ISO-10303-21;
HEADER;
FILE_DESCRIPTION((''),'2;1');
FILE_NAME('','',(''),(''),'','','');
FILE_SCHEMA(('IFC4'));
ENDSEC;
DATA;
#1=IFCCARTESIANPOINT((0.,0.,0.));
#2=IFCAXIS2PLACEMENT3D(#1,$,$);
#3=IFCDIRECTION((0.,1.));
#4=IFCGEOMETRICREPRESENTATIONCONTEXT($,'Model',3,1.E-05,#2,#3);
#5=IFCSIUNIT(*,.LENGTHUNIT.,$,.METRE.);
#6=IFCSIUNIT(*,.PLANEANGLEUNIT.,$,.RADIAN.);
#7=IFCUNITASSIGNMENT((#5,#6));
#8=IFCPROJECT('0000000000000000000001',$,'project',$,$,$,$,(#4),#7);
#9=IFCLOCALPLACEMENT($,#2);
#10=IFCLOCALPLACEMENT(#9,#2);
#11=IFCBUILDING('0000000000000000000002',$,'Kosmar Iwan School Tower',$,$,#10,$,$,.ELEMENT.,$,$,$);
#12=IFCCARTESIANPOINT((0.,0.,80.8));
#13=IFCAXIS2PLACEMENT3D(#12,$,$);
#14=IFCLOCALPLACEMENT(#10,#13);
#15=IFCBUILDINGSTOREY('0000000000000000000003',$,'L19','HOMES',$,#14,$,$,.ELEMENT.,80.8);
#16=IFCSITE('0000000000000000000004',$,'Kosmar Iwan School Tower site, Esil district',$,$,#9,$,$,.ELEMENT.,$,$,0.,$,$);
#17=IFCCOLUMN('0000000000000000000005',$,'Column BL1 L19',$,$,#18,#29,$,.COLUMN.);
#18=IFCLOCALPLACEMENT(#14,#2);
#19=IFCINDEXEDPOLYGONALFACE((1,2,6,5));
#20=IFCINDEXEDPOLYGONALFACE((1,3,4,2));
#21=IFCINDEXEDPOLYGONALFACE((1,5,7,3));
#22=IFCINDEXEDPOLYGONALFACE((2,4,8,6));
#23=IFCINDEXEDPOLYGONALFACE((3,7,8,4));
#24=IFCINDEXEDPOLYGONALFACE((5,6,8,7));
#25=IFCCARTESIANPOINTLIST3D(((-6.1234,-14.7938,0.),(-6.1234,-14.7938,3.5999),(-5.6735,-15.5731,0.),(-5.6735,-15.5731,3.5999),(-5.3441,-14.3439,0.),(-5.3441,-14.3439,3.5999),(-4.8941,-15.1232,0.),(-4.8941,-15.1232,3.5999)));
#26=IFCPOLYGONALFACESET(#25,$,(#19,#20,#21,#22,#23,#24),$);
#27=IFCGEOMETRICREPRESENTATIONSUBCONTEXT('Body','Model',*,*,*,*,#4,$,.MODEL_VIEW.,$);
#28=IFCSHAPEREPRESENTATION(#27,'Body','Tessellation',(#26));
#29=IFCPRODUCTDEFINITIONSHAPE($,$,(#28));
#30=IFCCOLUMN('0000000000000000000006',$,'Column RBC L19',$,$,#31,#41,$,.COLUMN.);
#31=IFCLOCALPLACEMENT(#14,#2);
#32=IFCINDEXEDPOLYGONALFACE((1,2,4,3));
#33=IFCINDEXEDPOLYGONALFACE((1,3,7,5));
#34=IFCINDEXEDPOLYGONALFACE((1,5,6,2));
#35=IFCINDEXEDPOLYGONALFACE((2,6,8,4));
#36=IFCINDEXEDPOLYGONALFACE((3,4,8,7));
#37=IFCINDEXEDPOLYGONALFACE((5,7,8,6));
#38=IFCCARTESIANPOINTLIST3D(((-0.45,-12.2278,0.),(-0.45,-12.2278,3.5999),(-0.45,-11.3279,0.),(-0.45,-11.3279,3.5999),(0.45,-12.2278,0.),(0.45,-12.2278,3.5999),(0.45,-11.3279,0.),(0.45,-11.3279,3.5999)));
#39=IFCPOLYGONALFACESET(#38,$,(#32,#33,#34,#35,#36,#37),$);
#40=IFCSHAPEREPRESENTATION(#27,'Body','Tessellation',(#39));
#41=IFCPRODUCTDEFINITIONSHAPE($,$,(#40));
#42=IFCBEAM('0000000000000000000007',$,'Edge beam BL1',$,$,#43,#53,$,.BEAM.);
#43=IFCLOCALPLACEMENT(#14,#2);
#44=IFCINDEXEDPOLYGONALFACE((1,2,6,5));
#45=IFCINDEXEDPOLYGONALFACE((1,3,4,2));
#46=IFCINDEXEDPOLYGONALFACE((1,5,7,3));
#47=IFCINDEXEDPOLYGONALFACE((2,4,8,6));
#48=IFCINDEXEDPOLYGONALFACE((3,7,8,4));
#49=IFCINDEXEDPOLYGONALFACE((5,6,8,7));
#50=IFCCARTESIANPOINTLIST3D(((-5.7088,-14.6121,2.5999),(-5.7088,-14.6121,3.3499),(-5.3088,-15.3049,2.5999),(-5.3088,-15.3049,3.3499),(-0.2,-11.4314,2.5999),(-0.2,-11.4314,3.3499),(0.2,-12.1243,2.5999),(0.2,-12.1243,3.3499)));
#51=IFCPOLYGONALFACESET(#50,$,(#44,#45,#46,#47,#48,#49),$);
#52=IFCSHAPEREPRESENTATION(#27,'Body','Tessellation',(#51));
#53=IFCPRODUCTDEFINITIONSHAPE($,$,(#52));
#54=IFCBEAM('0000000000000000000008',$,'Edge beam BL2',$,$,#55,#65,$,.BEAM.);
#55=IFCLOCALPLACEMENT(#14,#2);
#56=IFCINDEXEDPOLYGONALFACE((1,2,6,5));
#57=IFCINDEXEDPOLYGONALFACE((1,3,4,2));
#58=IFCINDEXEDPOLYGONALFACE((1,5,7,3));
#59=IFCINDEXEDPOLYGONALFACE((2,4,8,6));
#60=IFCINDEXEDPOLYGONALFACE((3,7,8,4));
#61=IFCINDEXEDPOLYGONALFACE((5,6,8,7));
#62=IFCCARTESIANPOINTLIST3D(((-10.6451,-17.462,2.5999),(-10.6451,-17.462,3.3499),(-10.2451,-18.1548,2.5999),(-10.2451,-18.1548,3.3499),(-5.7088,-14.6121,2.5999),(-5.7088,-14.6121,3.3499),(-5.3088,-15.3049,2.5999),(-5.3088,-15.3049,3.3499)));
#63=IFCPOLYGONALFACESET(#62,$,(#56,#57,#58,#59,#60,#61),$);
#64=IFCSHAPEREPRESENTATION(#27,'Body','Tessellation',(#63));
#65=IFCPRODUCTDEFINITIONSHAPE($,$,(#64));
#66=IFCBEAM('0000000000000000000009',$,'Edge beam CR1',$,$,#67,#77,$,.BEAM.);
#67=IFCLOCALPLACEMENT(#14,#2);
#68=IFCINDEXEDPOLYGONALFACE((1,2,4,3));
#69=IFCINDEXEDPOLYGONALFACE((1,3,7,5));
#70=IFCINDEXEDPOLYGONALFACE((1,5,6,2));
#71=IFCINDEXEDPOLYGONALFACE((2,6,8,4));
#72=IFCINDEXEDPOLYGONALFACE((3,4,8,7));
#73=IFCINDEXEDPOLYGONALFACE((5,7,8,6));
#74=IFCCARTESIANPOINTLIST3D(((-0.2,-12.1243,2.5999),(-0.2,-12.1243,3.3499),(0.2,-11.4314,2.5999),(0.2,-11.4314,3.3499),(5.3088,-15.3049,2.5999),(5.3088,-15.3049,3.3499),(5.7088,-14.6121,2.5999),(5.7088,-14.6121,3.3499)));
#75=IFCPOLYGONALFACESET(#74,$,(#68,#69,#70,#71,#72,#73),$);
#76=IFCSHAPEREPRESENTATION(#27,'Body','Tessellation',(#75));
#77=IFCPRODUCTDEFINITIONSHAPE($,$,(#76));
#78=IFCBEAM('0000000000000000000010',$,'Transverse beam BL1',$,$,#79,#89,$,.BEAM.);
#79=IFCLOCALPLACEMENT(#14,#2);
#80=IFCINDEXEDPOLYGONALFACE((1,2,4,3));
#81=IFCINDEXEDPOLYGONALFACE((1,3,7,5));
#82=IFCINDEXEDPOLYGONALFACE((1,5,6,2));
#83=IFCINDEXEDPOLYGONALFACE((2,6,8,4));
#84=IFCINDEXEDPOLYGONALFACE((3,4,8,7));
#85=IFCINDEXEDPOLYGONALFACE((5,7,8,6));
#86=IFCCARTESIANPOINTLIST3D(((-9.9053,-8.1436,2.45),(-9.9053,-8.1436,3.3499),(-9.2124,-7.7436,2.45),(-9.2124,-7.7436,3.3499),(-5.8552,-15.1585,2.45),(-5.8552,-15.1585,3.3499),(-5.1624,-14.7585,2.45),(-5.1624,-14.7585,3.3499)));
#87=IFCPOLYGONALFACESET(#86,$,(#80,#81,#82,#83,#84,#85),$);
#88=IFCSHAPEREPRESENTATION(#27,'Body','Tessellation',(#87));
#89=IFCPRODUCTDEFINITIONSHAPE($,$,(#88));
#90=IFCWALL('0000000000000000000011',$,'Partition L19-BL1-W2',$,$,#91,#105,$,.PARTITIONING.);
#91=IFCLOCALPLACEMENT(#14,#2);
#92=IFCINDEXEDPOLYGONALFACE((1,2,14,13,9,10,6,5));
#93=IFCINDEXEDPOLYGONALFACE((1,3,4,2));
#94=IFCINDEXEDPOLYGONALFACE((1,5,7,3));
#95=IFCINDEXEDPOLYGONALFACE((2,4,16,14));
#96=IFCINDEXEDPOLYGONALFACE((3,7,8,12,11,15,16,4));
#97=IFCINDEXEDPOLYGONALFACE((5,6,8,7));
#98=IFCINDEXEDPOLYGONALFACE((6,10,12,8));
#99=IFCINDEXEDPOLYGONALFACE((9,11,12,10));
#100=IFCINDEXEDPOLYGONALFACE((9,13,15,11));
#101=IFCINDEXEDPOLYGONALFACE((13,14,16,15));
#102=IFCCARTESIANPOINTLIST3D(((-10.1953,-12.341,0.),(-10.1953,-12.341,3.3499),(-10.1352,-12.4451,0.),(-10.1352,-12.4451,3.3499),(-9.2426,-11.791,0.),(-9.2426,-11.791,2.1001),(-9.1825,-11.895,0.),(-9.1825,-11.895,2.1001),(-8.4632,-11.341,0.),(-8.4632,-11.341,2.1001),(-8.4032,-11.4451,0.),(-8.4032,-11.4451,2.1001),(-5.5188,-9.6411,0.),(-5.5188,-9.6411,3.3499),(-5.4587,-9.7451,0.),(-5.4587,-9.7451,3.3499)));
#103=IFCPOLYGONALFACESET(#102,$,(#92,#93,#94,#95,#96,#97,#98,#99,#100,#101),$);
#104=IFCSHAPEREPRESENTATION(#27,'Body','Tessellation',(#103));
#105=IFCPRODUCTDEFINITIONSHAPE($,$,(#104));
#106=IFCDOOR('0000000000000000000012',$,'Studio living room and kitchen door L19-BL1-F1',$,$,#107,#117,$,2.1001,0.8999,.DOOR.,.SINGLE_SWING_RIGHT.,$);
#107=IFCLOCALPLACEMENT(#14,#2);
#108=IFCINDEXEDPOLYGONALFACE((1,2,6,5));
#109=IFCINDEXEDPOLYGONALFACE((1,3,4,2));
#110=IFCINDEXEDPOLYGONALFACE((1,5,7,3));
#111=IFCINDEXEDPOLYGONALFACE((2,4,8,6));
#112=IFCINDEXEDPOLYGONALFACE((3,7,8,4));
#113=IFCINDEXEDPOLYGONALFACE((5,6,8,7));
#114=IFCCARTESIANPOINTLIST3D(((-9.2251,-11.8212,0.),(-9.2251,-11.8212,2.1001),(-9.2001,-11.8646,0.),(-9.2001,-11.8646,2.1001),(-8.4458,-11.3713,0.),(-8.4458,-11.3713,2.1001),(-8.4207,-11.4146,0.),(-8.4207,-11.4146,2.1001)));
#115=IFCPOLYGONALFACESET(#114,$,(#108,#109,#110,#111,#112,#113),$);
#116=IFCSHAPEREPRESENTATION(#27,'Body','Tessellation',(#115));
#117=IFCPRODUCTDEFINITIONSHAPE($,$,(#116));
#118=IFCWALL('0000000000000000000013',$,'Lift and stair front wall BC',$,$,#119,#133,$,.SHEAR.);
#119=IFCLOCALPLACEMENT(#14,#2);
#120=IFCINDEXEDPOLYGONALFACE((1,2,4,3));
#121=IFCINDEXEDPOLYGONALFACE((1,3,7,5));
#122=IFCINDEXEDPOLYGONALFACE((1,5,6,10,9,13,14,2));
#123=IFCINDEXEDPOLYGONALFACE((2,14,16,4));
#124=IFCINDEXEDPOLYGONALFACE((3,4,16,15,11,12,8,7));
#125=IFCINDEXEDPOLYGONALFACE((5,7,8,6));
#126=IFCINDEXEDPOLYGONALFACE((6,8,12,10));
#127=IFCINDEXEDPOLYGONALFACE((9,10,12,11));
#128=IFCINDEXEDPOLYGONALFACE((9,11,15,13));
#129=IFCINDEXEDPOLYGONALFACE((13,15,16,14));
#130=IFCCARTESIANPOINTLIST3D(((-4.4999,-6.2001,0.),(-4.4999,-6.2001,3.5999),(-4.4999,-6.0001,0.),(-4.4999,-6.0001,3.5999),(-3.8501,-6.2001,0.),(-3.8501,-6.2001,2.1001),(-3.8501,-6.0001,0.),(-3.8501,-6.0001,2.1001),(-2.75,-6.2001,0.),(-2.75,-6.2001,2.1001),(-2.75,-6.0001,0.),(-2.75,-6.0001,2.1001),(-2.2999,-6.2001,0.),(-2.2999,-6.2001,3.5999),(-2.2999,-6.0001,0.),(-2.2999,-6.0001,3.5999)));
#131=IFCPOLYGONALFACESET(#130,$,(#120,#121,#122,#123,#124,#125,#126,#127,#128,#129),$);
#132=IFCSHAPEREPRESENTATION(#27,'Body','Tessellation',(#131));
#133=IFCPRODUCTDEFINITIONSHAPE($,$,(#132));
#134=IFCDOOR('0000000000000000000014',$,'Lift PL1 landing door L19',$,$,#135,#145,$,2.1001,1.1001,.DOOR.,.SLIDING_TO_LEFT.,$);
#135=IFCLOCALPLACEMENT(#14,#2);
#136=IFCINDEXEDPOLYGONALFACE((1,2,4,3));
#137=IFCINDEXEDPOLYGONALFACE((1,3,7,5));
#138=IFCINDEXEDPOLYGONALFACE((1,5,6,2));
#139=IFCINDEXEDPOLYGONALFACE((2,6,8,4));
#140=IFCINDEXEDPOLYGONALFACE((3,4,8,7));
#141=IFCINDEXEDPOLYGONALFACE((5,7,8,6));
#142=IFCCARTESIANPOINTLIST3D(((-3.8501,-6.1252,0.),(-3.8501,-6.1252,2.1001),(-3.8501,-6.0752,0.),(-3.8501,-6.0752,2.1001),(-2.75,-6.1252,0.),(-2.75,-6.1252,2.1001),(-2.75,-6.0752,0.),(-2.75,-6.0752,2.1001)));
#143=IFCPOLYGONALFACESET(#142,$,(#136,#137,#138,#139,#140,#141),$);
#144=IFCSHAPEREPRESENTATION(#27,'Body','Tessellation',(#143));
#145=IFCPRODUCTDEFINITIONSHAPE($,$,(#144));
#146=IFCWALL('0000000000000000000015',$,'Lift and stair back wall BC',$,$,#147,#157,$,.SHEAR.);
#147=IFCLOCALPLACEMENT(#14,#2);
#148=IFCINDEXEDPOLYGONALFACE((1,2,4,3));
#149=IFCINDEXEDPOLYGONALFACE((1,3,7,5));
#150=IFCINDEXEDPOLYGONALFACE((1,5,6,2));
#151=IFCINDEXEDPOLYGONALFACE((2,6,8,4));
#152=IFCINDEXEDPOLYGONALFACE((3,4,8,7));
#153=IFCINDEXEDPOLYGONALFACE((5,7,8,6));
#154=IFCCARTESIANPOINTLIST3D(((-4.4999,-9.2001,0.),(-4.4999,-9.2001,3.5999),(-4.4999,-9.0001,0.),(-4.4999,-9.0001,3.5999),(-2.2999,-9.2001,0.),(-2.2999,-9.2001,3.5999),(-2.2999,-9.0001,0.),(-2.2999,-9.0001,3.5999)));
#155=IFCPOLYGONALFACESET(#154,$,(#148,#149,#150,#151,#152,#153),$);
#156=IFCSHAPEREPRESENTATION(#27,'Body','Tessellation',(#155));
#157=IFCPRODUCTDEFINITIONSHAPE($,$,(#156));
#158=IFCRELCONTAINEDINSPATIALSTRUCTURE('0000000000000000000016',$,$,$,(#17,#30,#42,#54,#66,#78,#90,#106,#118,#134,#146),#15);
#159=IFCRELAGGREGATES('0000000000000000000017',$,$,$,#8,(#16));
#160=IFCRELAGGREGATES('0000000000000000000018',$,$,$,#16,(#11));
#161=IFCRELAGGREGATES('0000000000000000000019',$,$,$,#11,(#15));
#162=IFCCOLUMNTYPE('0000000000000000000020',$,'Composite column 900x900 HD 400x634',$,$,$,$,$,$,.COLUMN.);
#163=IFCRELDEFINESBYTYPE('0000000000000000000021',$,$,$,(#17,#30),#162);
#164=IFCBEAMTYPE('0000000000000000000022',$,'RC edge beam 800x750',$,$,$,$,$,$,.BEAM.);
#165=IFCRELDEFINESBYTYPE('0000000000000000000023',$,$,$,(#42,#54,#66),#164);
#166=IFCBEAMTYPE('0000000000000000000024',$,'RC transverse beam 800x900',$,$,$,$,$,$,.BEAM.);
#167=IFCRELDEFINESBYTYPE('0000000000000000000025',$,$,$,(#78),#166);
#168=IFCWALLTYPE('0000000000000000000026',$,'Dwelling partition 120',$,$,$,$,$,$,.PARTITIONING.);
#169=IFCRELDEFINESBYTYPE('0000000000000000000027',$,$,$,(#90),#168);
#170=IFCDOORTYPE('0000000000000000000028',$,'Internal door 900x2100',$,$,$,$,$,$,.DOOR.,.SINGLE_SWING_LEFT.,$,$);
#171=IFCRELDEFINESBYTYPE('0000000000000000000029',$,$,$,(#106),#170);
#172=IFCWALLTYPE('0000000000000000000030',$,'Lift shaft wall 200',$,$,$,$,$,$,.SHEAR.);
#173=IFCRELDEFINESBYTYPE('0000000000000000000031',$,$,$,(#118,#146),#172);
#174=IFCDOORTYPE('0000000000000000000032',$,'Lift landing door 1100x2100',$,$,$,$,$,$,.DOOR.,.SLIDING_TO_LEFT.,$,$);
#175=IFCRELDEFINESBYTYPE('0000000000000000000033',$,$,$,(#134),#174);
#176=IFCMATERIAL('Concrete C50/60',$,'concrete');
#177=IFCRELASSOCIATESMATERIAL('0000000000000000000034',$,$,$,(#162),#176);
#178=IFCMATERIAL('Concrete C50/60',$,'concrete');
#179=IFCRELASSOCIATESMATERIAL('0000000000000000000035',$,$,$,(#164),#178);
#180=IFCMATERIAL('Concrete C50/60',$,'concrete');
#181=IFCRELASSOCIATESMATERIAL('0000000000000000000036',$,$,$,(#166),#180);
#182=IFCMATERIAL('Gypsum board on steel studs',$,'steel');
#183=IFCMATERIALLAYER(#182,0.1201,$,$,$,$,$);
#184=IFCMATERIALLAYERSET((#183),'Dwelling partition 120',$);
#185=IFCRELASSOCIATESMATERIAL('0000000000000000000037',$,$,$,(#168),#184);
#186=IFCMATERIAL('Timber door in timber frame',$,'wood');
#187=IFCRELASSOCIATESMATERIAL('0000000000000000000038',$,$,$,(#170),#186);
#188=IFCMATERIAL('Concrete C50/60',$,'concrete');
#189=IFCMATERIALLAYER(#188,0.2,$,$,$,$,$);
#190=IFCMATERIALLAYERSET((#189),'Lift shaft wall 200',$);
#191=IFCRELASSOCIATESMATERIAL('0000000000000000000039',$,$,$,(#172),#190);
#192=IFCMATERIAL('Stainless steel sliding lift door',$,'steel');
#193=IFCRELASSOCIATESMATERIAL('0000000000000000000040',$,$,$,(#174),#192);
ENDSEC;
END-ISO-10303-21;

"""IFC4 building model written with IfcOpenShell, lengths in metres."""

from ifc_helpers import new_model, si_unit, direction, frame, frame_2d, origin, origin_2d, place, context, subcontext, project, spatial, rectangle, extrude, material, layer, layer_set, material_profile, profile_set, type_object, element, fill, save


model = new_model("IFC4")

# Units and contexts
model_context = context("Model", 3, precision=1e-05, world=origin(), true_north=direction((0.0, 1.0)))
body_context = subcontext(model_context, "Body", "Model", "MODEL_VIEW")
ifc_project = project(units=[si_unit("LENGTHUNIT", "METRE"), si_unit("PLANEANGLEUNIT", "RADIAN")], contexts=[model_context])

# Site, building, storey
site_placement = place(None, origin())
site = spatial("IfcSite", under=ifc_project, at=site_placement, Name="Kosmar Iwan School Tower site, Esil district", CompositionType="ELEMENT", RefElevation=0.0)
building_placement = place(site_placement, origin())
building = spatial("IfcBuilding", under=site, at=building_placement, Name="Kosmar Iwan School Tower", CompositionType="ELEMENT")
storey_placement = place(building_placement, frame((0.0, 0.0, 80.8)))
storey = spatial("IfcBuildingStorey", under=building, at=storey_placement, Name="L19", Description="HOMES", CompositionType="ELEMENT", Elevation=80.8)

# Columns
ifc_material_1 = material(Name="Concrete C50/60", Category="concrete")
ifc_material_profile_1 = material_profile(ifc_material_1, rectangle(XDim=0.8999, YDim=0.8999, at=origin_2d()), Name="RC 900x900 + HD 400x634")
ifc_profile_set_1 = profile_set([ifc_material_profile_1], Name="Concrete C50/60")
column_type = type_object("IfcColumnType", Name="Composite column 900x900 HD 400x634", PredefinedType="COLUMN", material=ifc_profile_set_1)
for number, where, z_axis, x_axis, name in (
    (1, (-5.5088, -14.9585, 0.0), (0.0, 0.0, 1.0), (-0.866025, -0.5, 0.0), "Column BL1 L19"),
    (2, (0.0, -11.7778, 0.0), (0.0, 0.0, 1.0), (1.0, 0.0, 0.0), "Column RBC L19"),
):
    element("IfcColumn", number, at=place(storey_placement, frame(where, z_axis=z_axis, x_axis=x_axis)), inside=storey, type_object=column_type, Name=name, PredefinedType="COLUMN", context=body_context, shape_type="SweptSolid", body=[
        extrude(rectangle(XDim=0.8999, YDim=0.8999, at=origin_2d()), origin(), (0.0, 0.0, 1.0), 3.5999),
    ])

# Beams
ifc_material_2 = material(Name="Concrete C50/60", Category="concrete")
ifc_material_profile_2 = material_profile(ifc_material_2, rectangle(XDim=0.8, YDim=0.75, at=origin_2d()), Name="RC 800x750")
ifc_profile_set_2 = profile_set([ifc_material_profile_2], Name="Concrete C50/60")
beam_type_1 = type_object("IfcBeamType", Name="RC edge beam 800x750", PredefinedType="BEAM", material=ifc_profile_set_2)
beam_1_placement = place(storey_placement, frame((0.0, -11.7778, 2.9749), z_axis=(-0.866014, -0.500019, 0.0), x_axis=(0.500019, -0.866014, 0.0)))
element("IfcBeam", 3, at=beam_1_placement, inside=storey, type_object=beam_type_1, Name="Edge beam BL1", PredefinedType="BEAM", context=body_context, shape_type="SweptSolid", body=[
    extrude(rectangle(XDim=0.8, YDim=0.75, at=origin_2d()), origin(), (0.0, 0.0, 1.0), 6.3611),
])
beam_2_placement = place(storey_placement, frame((-5.5088, -14.9585, 2.9749), z_axis=(-0.866034, -0.499986, 0.0), x_axis=(0.499986, -0.866034, 0.0)))
element("IfcBeam", 4, at=beam_2_placement, inside=storey, type_object=beam_type_1, Name="Edge beam BL2", PredefinedType="BEAM", context=body_context, shape_type="SweptSolid", body=[
    extrude(rectangle(XDim=0.8, YDim=0.75, at=origin_2d()), origin(), (0.0, 0.0, 1.0), 5.7),
])
beam_3_placement = place(storey_placement, frame((0.0, -11.7778, 2.9749), z_axis=(0.866014, -0.500019, 0.0), x_axis=(0.500019, 0.866014, 0.0)))
element("IfcBeam", 5, at=beam_3_placement, inside=storey, type_object=beam_type_1, Name="Edge beam CR1", PredefinedType="BEAM", context=body_context, shape_type="SweptSolid", body=[
    extrude(rectangle(XDim=0.8, YDim=0.75, at=origin_2d()), origin(), (0.0, 0.0, 1.0), 6.3611),
])
ifc_material_3 = material(Name="Concrete C50/60", Category="concrete")
ifc_material_profile_3 = material_profile(ifc_material_3, rectangle(XDim=0.8, YDim=0.8999, at=origin_2d()), Name="RC 800x900")
ifc_profile_set_3 = profile_set([ifc_material_profile_3], Name="Concrete C50/60")
beam_type_2 = type_object("IfcBeamType", Name="RC transverse beam 800x900", PredefinedType="BEAM", material=ifc_profile_set_3)
beam_4_placement = place(storey_placement, frame((-5.5088, -14.9585, 2.8999), z_axis=(-0.5, 0.866025, 0.0), x_axis=(-0.866025, -0.5, 0.0)))
element("IfcBeam", 6, at=beam_4_placement, inside=storey, type_object=beam_type_2, Name="Transverse beam BL1", PredefinedType="BEAM", context=body_context, shape_type="SweptSolid", body=[
    extrude(rectangle(XDim=0.8, YDim=0.8999, at=origin_2d()), origin(), (0.0, 0.0, 1.0), 8.1001),
])

# Walls, openings, doors
ifc_material_4 = material(Name="Gypsum board on steel studs", Category="steel")
ifc_layer_1 = layer(ifc_material_4, 0.1201)
ifc_layer_set_1 = layer_set([ifc_layer_1], Name="Dwelling partition 120")
wall_type_1 = type_object("IfcWallType", Name="Dwelling partition 120", PredefinedType="PARTITIONING", material=ifc_layer_set_1)
wall_1_placement = place(storey_placement, frame((-5.4888, -9.6931, 0.0), z_axis=(0.0, 0.0, 1.0), x_axis=(-0.866028, -0.499995, 0.0)))
wall_1 = element("IfcWall", 7, at=wall_1_placement, inside=storey, type_object=wall_type_1, Name="Partition L19-BL1-W2", PredefinedType="PARTITIONING", context=body_context, shape_type="SweptSolid", body=[
    extrude(rectangle(XDim=5.3999, YDim=0.1201, at=frame_2d((2.7, 0.0))), origin(), (0.0, 0.0, 1.0), 3.3499),
])
opening_1_placement = place(wall_1_placement, frame((3.3999, 0.0, 0.0)))
opening_1 = element("IfcOpeningElement", 8, at=opening_1_placement, cuts=wall_1, PredefinedType="OPENING", context=body_context, shape_type="SweptSolid", body=[
    extrude(rectangle(XDim=0.8999, YDim=2.1001, at=frame_2d((0.45, 1.05))), frame((0.0, 0.072, 0.0), z_axis=(0.0, -1.0, 0.0), x_axis=(1.0, 0.0, 0.0)), (0.0, 0.0, 1.0), 0.144),
])
ifc_material_5 = material(Name="Timber door in timber frame", Category="wood")
door_type_1 = type_object("IfcDoorType", Name="Internal door 900x2100", OperationType="SINGLE_SWING_LEFT", PredefinedType="DOOR", material=ifc_material_5)
door_1_placement = place(opening_1_placement, origin())
door_1 = element("IfcDoor", 9, at=door_1_placement, inside=storey, type_object=door_type_1, Name="Studio living room and kitchen door L19-BL1-F1", OperationType="SINGLE_SWING_RIGHT", OverallHeight=2.1001, OverallWidth=0.8999, PredefinedType="DOOR", context=body_context, shape_type="SweptSolid", body=[
    extrude(rectangle(XDim=0.8999, YDim=2.1001, at=frame_2d((0.45, 1.05))), frame((0.0, 0.0249, 0.0), z_axis=(0.0, -1.0, 0.0), x_axis=(1.0, 0.0, 0.0)), (0.0, 0.0, 1.0), 0.05),
])
fill(opening_1, door_1)
ifc_material_6 = material(Name="Concrete C50/60", Category="concrete")
ifc_layer_2 = layer(ifc_material_6, 0.2)
ifc_layer_set_2 = layer_set([ifc_layer_2], Name="Lift shaft wall 200")
wall_type_2 = type_object("IfcWallType", Name="Lift shaft wall 200", PredefinedType="SHEAR", material=ifc_layer_set_2)
wall_2_placement = place(storey_placement, frame((-4.5, -6.1001, 0.0), z_axis=(0.0, 0.0, 1.0), x_axis=(1.0, 0.0, 0.0)))
wall_2 = element("IfcWall", 10, at=wall_2_placement, inside=storey, type_object=wall_type_2, Name="Lift and stair front wall BC", PredefinedType="SHEAR", context=body_context, shape_type="SweptSolid", body=[
    extrude(rectangle(XDim=2.2, YDim=0.2, at=frame_2d((1.1001, 0.0))), origin(), (0.0, 0.0, 1.0), 3.5999),
])
opening_2_placement = place(wall_2_placement, frame((0.6499, 0.0, 0.0)))
opening_2 = element("IfcOpeningElement", 11, at=opening_2_placement, cuts=wall_2, PredefinedType="OPENING", context=body_context, shape_type="SweptSolid", body=[
    extrude(rectangle(XDim=1.1001, YDim=2.1001, at=frame_2d((0.55, 1.05))), frame((0.0, 0.1121, 0.0), z_axis=(0.0, -1.0, 0.0), x_axis=(1.0, 0.0, 0.0)), (0.0, 0.0, 1.0), 0.2239),
])
ifc_material_7 = material(Name="Stainless steel sliding lift door", Category="steel")
door_type_2 = type_object("IfcDoorType", Name="Lift landing door 1100x2100", OperationType="SLIDING_TO_LEFT", PredefinedType="DOOR", material=ifc_material_7)
door_2_placement = place(opening_2_placement, origin())
door_2 = element("IfcDoor", 12, at=door_2_placement, inside=storey, type_object=door_type_2, Name="Lift PL1 landing door L19", OperationType="SLIDING_TO_LEFT", OverallHeight=2.1001, OverallWidth=1.1001, PredefinedType="DOOR", context=body_context, shape_type="SweptSolid", body=[
    extrude(rectangle(XDim=1.1001, YDim=2.1001, at=frame_2d((0.55, 1.05))), frame((0.0, 0.0249, 0.0), z_axis=(0.0, -1.0, 0.0), x_axis=(1.0, 0.0, 0.0)), (0.0, 0.0, 1.0), 0.05),
])
fill(opening_2, door_2)

# Wall
wall_3_placement = place(storey_placement, frame((-4.5, -9.1001, 0.0), z_axis=(0.0, 0.0, 1.0), x_axis=(1.0, 0.0, 0.0)))
element("IfcWall", 13, at=wall_3_placement, inside=storey, type_object=wall_type_2, Name="Lift and stair back wall BC", PredefinedType="SHEAR", context=body_context, shape_type="SweptSolid", body=[
    extrude(rectangle(XDim=2.2, YDim=0.2, at=frame_2d((1.1001, 0.0))), origin(), (0.0, 0.0, 1.0), 3.5999),
])

save(model, "model.ifc")
